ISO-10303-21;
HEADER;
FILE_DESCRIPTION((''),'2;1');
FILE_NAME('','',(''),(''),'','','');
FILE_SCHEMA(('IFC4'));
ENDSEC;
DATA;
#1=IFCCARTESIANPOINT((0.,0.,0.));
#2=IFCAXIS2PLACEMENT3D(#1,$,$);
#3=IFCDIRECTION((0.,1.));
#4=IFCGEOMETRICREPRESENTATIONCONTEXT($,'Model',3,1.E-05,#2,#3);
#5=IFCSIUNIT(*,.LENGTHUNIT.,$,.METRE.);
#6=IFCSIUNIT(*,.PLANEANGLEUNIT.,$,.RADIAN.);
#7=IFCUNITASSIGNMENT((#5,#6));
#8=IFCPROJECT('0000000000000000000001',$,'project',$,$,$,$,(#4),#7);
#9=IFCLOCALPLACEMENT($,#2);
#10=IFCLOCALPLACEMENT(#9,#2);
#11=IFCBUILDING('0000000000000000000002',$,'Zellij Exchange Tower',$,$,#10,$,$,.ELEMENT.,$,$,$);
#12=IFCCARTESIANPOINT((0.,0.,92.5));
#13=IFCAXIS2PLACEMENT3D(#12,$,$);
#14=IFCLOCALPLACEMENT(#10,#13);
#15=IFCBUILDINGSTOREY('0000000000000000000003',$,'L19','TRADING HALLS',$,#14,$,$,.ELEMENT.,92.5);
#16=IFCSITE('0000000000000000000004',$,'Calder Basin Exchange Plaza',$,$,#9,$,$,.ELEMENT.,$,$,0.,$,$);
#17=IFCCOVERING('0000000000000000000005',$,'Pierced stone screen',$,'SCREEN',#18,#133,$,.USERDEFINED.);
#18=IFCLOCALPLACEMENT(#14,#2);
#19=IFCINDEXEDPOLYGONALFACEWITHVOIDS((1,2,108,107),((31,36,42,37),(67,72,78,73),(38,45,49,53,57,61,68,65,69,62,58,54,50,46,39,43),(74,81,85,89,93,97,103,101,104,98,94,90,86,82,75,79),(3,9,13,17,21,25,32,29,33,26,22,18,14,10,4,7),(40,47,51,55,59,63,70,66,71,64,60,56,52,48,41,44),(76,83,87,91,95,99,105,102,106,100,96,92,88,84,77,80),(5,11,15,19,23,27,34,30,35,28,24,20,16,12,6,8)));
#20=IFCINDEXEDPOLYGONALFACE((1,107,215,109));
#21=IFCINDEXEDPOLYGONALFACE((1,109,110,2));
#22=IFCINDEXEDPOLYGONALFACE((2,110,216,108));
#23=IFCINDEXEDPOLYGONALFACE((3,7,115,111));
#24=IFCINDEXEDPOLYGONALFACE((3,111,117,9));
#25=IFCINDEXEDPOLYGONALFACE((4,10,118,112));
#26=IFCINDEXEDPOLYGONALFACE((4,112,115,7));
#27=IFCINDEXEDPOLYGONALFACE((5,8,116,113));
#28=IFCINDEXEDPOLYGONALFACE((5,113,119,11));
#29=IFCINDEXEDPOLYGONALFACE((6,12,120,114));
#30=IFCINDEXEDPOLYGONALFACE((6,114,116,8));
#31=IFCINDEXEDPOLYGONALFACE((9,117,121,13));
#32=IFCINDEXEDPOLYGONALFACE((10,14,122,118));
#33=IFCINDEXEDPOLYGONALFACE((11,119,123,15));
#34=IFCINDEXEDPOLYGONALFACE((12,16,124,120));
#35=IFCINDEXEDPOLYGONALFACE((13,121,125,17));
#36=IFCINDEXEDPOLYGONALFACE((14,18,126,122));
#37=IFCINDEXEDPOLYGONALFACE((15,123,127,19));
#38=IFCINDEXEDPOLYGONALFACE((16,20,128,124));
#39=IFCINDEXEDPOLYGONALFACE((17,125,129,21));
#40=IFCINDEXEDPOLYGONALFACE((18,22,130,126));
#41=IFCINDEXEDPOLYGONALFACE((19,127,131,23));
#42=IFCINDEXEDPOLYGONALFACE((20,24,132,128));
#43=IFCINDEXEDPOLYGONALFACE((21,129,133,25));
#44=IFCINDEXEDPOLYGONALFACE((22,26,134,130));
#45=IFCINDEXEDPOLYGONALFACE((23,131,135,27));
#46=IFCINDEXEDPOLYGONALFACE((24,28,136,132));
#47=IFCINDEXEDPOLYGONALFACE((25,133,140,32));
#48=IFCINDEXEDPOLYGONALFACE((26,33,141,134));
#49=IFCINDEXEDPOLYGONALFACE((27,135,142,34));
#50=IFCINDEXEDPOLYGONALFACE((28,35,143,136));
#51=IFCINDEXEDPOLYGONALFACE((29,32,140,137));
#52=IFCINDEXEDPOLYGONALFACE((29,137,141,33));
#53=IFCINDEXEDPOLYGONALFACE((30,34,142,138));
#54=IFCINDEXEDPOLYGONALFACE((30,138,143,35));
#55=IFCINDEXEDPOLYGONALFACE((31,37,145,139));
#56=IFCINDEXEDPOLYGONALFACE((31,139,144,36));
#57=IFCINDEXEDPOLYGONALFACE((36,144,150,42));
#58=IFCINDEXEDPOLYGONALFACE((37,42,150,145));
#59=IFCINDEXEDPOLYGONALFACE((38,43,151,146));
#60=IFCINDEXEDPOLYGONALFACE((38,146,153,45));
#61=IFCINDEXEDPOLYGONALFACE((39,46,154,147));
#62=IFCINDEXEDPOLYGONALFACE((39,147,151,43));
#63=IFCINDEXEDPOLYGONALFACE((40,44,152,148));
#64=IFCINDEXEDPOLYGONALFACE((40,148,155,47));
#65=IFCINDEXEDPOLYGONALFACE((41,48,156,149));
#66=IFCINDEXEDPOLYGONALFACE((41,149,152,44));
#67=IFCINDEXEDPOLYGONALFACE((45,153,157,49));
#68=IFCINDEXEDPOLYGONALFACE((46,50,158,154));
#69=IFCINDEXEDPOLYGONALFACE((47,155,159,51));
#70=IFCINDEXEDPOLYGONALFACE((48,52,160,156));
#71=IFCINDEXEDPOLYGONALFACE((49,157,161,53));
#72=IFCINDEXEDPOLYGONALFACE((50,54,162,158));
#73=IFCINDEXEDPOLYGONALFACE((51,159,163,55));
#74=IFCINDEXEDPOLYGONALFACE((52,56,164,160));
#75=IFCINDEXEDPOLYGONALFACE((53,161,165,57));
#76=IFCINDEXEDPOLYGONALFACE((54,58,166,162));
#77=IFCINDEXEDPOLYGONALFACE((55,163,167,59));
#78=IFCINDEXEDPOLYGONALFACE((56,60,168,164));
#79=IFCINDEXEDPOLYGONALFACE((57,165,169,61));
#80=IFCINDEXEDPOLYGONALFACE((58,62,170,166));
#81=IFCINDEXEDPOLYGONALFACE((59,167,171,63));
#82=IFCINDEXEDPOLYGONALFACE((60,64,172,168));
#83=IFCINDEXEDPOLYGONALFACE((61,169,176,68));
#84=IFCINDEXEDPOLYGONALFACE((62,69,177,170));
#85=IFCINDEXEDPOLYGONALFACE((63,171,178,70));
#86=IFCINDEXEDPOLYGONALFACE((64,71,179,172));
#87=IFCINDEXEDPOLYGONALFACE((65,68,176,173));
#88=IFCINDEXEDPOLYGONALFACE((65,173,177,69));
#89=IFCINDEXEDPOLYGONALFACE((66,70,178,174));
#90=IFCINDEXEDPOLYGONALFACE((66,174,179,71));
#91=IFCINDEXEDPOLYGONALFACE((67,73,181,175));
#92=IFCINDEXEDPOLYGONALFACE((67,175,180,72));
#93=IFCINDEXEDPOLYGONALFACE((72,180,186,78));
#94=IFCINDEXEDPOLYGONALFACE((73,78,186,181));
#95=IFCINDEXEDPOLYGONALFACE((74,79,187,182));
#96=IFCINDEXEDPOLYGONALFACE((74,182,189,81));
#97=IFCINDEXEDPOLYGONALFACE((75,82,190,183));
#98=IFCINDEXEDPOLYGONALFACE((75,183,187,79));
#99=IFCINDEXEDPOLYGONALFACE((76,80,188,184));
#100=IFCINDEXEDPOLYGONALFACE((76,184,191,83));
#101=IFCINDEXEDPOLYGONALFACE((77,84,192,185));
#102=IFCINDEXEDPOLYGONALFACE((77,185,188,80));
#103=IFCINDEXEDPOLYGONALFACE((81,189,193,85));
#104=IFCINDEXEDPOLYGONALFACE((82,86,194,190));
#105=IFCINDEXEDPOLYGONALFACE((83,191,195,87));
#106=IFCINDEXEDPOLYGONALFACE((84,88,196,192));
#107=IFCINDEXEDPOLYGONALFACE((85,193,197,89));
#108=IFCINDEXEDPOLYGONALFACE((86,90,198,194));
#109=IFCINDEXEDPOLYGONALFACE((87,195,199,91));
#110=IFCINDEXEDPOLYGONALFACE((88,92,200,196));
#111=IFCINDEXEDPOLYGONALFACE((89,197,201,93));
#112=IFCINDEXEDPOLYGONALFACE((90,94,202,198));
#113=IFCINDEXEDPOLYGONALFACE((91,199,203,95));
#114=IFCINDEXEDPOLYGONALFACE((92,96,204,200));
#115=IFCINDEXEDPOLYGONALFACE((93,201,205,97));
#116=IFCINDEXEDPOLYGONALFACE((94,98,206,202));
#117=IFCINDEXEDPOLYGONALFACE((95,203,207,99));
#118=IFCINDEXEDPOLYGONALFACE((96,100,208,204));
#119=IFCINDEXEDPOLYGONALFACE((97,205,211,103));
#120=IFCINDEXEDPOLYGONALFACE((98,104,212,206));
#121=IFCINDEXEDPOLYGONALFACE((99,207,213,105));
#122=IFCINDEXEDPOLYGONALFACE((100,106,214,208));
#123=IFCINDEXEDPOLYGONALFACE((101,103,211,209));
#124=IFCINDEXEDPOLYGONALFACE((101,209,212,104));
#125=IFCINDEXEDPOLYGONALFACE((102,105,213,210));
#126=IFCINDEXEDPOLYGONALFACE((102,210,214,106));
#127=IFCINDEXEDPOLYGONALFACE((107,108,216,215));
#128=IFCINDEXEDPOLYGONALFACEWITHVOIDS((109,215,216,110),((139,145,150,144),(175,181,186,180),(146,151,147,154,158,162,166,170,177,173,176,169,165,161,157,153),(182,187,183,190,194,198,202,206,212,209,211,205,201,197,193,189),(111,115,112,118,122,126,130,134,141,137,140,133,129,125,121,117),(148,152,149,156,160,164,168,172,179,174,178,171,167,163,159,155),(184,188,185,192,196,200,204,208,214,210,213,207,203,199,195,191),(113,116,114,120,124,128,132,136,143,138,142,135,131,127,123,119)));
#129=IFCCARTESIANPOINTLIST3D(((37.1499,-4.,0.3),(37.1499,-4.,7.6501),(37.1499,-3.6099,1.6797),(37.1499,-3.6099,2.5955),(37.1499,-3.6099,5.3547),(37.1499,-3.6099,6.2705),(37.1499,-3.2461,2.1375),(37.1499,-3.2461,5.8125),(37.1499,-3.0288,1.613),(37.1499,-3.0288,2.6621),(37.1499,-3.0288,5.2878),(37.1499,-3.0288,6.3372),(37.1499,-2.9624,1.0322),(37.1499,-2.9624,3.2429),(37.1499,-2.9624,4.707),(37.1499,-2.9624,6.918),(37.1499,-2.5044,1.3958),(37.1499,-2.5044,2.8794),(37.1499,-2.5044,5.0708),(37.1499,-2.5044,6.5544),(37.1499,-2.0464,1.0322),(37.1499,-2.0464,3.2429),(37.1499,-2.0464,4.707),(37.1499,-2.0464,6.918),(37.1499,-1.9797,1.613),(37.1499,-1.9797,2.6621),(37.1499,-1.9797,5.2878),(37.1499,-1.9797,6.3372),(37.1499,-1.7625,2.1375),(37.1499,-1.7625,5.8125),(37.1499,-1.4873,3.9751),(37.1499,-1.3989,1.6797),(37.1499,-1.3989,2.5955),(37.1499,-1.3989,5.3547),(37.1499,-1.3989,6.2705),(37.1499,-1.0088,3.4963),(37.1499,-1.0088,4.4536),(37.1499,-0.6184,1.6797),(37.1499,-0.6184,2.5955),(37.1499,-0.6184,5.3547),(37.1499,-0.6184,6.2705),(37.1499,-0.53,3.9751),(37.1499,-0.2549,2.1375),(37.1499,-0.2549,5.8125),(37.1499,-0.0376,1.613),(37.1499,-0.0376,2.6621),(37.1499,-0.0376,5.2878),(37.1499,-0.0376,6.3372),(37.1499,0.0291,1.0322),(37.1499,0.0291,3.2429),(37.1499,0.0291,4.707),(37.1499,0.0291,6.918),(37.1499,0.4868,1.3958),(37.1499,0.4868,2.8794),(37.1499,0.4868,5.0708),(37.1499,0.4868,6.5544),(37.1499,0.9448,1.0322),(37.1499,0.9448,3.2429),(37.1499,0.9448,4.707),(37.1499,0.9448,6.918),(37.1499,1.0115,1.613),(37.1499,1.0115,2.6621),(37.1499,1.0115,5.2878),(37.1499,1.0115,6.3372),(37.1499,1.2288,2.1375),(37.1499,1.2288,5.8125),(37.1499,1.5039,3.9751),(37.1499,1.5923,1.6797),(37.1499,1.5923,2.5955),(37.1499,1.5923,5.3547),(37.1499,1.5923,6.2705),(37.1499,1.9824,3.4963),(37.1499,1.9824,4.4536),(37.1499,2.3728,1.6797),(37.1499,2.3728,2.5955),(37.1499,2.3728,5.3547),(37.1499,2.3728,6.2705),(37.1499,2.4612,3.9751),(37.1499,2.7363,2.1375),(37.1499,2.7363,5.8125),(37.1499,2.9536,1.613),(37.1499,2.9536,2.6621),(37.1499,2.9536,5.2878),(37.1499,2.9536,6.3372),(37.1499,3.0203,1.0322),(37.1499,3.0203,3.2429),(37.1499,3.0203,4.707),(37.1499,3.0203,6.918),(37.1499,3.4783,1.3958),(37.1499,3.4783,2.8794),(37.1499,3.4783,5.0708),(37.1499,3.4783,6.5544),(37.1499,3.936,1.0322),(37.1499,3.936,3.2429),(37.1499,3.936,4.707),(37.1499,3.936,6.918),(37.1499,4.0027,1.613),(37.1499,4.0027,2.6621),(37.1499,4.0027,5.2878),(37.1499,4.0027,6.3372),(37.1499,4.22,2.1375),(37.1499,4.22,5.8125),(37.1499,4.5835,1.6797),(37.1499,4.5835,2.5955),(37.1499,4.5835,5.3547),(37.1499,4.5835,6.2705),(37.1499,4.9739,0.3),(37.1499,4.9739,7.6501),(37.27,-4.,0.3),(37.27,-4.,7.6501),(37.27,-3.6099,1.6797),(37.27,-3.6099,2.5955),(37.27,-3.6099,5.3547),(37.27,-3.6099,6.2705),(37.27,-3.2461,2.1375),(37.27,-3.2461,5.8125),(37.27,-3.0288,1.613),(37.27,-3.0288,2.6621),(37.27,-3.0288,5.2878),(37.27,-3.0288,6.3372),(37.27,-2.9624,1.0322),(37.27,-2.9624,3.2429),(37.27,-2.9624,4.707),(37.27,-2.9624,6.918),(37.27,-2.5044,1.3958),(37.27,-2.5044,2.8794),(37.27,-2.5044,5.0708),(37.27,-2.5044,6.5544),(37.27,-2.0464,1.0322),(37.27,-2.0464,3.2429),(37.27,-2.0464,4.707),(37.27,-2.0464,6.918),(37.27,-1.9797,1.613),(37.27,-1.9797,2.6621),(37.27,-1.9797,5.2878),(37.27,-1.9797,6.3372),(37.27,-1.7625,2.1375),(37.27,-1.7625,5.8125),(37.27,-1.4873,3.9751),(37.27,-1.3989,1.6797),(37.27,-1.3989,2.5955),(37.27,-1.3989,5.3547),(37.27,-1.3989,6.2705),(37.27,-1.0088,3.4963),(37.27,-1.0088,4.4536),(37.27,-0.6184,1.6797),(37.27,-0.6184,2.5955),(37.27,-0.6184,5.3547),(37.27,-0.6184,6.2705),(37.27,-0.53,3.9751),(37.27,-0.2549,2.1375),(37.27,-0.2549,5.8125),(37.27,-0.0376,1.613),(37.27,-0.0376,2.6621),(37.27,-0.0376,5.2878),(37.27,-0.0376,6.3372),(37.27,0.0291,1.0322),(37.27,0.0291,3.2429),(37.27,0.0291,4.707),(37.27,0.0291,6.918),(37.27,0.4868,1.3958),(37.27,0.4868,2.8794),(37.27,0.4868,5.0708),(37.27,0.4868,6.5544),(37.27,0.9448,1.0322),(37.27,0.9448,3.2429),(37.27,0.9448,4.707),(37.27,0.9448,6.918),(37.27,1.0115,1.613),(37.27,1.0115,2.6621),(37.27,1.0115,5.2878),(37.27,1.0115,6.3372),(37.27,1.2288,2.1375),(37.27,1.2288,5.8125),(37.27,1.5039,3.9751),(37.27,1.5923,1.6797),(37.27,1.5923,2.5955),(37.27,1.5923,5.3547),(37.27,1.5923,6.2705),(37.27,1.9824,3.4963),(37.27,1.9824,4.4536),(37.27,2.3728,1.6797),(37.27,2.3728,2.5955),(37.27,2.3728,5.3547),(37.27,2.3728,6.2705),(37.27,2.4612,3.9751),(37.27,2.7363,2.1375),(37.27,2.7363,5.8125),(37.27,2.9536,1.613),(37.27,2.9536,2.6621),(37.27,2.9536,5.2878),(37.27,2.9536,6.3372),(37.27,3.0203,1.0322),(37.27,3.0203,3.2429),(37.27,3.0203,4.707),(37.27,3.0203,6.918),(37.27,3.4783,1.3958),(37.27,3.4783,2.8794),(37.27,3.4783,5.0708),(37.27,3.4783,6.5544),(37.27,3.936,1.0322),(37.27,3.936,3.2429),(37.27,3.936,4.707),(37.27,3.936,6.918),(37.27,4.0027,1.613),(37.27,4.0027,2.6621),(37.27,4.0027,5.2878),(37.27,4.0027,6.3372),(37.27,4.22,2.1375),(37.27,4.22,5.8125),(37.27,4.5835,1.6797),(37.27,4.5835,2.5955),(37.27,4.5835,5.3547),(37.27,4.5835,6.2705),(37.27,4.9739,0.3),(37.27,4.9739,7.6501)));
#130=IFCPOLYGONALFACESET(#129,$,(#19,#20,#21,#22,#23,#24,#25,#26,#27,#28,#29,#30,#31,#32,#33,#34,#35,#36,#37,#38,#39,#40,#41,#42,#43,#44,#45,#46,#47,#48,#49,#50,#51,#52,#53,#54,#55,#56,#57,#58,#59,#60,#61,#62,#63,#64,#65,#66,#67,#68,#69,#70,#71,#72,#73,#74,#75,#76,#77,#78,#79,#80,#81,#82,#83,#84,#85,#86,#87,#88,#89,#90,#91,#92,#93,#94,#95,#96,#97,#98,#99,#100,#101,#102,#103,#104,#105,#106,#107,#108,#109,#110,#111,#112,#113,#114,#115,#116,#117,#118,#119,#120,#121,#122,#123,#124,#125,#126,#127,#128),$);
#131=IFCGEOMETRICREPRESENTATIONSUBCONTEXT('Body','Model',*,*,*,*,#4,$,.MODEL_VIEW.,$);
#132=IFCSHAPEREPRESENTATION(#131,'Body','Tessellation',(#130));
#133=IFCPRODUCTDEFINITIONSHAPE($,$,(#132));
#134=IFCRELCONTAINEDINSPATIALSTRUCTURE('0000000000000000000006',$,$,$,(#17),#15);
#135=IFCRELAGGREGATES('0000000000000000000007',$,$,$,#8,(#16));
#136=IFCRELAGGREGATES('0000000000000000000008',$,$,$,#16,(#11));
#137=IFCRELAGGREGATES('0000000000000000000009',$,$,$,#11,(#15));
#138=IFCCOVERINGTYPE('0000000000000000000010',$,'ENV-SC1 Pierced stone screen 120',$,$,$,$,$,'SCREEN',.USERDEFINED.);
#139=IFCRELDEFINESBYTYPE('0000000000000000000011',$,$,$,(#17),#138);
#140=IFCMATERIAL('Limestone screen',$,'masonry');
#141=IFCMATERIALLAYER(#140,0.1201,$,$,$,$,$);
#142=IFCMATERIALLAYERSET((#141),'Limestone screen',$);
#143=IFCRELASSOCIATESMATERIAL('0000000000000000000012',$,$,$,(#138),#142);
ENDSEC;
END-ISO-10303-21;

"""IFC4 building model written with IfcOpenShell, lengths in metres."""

from ifc_helpers import new_model, si_unit, direction, frame, origin, place, context, subcontext, project, spatial, polyline, outline, extrude, material, layer, layer_set, type_object, element, save


model = new_model("IFC4")

# Units and contexts
model_context = context("Model", 3, precision=1e-05, world=origin(), true_north=direction((0.0, 1.0)))
body_context = subcontext(model_context, "Body", "Model", "MODEL_VIEW")
ifc_project = project(units=[si_unit("LENGTHUNIT", "METRE"), si_unit("PLANEANGLEUNIT", "RADIAN")], contexts=[model_context])

# Site, building, storey
site_placement = place(None, origin())
site = spatial("IfcSite", under=ifc_project, at=site_placement, Name="Calder Basin Exchange Plaza", CompositionType="ELEMENT", RefElevation=0.0)
building_placement = place(site_placement, origin())
building = spatial("IfcBuilding", under=site, at=building_placement, Name="Zellij Exchange Tower", CompositionType="ELEMENT")
storey_placement = place(building_placement, frame((0.0, 0.0, 92.5)))
storey = spatial("IfcBuildingStorey", under=building, at=storey_placement, Name="L19", Description="TRADING HALLS", CompositionType="ELEMENT", Elevation=92.5)

# Covering
ifc_material_1 = material(Name="Limestone screen", Category="masonry")
ifc_layer_1 = layer(ifc_material_1, 0.1201)
ifc_layer_set_1 = layer_set([ifc_layer_1], Name="Limestone screen")
covering_type = type_object("IfcCoveringType", Name="ENV-SC1 Pierced stone screen 120", ElementType="SCREEN", PredefinedType="USERDEFINED", material=ifc_layer_set_1)
covering_1_placement = place(storey_placement, frame((37.21, -4.0, 0.3), z_axis=(0.0, 0.0, 1.0), x_axis=(0.0, 1.0, 0.0)))
element("IfcCovering", 1, at=covering_1_placement, inside=storey, type_object=covering_type, Name="Pierced stone screen", ObjectType="SCREEN", PredefinedType="USERDEFINED", context=body_context, shape_type="SweptSolid", body=[
    extrude(outline(polyline([(0.0, 0.0), (8.9739, 0.0), (8.9739, 7.3501), (0.0, 7.3501), (0.0, 0.0)]), holes=[polyline([(2.6011, 2.2954), (2.0203, 2.3621), (1.9536, 2.9429), (1.4956, 2.5793), (1.0376, 2.9429), (0.9712, 2.3621), (0.3901, 2.2954), (0.7539, 1.8374), (0.3901, 1.3796), (0.9712, 1.313), (1.0376, 0.7322), (1.4956, 1.0957), (1.9536, 0.7322), (2.0203, 1.313), (2.6011, 1.3796), (2.2375, 1.8374), (2.6011, 2.2954)]), polyline([(2.6011, 5.9705), (2.0203, 6.0371), (1.9536, 6.6179), (1.4956, 6.2544), (1.0376, 6.6179), (0.9712, 6.0371), (0.3901, 5.9705), (0.7539, 5.5125), (0.3901, 5.0547), (0.9712, 4.9878), (1.0376, 4.407), (1.4956, 4.7708), (1.9536, 4.407), (2.0203, 4.9878), (2.6011, 5.0547), (2.2375, 5.5125), (2.6011, 5.9705)]), polyline([(5.5923, 2.2954), (5.0115, 2.3621), (4.9448, 2.9429), (4.4868, 2.5793), (4.0291, 2.9429), (3.9624, 2.3621), (3.3816, 2.2954), (3.7451, 1.8374), (3.3816, 1.3796), (3.9624, 1.313), (4.0291, 0.7322), (4.4868, 1.0957), (4.9448, 0.7322), (5.0115, 1.313), (5.5923, 1.3796), (5.2288, 1.8374), (5.5923, 2.2954)]), polyline([(5.5923, 5.9705), (5.0115, 6.0371), (4.9448, 6.6179), (4.4868, 6.2544), (4.0291, 6.6179), (3.9624, 6.0371), (3.3816, 5.9705), (3.7451, 5.5125), (3.3816, 5.0547), (3.9624, 4.9878), (4.0291, 4.407), (4.4868, 4.7708), (4.9448, 4.407), (5.0115, 4.9878), (5.5923, 5.0547), (5.2288, 5.5125), (5.5923, 5.9705)]), polyline([(8.5835, 2.2954), (8.0027, 2.3621), (7.936, 2.9429), (7.4783, 2.5793), (7.0203, 2.9429), (6.9536, 2.3621), (6.3728, 2.2954), (6.7363, 1.8374), (6.3728, 1.3796), (6.9536, 1.313), (7.0203, 0.7322), (7.4783, 1.0957), (7.936, 0.7322), (8.0027, 1.313), (8.5835, 1.3796), (8.22, 1.8374), (8.5835, 2.2954)]), polyline([(8.5835, 5.9705), (8.0027, 6.0371), (7.936, 6.6179), (7.4783, 6.2544), (7.0203, 6.6179), (6.9536, 6.0371), (6.3728, 5.9705), (6.7363, 5.5125), (6.3728, 5.0547), (6.9536, 4.9878), (7.0203, 4.407), (7.4783, 4.7708), (7.936, 4.407), (8.0027, 4.9878), (8.5835, 5.0547), (8.22, 5.5125), (8.5835, 5.9705)]), polyline([(3.47, 3.675), (2.9912, 4.1536), (2.5127, 3.675), (2.9912, 3.1963), (3.47, 3.675)]), polyline([(6.4612, 3.675), (5.9824, 4.1536), (5.5039, 3.675), (5.9824, 3.1963), (6.4612, 3.675)])]), frame((0.0, 0.0601, 0.0), z_axis=(0.0, -1.0, 0.0), x_axis=(1.0, 0.0, 0.0)), (0.0, 0.0, 1.0), 0.1201),
])

save(model, "model.ifc")
